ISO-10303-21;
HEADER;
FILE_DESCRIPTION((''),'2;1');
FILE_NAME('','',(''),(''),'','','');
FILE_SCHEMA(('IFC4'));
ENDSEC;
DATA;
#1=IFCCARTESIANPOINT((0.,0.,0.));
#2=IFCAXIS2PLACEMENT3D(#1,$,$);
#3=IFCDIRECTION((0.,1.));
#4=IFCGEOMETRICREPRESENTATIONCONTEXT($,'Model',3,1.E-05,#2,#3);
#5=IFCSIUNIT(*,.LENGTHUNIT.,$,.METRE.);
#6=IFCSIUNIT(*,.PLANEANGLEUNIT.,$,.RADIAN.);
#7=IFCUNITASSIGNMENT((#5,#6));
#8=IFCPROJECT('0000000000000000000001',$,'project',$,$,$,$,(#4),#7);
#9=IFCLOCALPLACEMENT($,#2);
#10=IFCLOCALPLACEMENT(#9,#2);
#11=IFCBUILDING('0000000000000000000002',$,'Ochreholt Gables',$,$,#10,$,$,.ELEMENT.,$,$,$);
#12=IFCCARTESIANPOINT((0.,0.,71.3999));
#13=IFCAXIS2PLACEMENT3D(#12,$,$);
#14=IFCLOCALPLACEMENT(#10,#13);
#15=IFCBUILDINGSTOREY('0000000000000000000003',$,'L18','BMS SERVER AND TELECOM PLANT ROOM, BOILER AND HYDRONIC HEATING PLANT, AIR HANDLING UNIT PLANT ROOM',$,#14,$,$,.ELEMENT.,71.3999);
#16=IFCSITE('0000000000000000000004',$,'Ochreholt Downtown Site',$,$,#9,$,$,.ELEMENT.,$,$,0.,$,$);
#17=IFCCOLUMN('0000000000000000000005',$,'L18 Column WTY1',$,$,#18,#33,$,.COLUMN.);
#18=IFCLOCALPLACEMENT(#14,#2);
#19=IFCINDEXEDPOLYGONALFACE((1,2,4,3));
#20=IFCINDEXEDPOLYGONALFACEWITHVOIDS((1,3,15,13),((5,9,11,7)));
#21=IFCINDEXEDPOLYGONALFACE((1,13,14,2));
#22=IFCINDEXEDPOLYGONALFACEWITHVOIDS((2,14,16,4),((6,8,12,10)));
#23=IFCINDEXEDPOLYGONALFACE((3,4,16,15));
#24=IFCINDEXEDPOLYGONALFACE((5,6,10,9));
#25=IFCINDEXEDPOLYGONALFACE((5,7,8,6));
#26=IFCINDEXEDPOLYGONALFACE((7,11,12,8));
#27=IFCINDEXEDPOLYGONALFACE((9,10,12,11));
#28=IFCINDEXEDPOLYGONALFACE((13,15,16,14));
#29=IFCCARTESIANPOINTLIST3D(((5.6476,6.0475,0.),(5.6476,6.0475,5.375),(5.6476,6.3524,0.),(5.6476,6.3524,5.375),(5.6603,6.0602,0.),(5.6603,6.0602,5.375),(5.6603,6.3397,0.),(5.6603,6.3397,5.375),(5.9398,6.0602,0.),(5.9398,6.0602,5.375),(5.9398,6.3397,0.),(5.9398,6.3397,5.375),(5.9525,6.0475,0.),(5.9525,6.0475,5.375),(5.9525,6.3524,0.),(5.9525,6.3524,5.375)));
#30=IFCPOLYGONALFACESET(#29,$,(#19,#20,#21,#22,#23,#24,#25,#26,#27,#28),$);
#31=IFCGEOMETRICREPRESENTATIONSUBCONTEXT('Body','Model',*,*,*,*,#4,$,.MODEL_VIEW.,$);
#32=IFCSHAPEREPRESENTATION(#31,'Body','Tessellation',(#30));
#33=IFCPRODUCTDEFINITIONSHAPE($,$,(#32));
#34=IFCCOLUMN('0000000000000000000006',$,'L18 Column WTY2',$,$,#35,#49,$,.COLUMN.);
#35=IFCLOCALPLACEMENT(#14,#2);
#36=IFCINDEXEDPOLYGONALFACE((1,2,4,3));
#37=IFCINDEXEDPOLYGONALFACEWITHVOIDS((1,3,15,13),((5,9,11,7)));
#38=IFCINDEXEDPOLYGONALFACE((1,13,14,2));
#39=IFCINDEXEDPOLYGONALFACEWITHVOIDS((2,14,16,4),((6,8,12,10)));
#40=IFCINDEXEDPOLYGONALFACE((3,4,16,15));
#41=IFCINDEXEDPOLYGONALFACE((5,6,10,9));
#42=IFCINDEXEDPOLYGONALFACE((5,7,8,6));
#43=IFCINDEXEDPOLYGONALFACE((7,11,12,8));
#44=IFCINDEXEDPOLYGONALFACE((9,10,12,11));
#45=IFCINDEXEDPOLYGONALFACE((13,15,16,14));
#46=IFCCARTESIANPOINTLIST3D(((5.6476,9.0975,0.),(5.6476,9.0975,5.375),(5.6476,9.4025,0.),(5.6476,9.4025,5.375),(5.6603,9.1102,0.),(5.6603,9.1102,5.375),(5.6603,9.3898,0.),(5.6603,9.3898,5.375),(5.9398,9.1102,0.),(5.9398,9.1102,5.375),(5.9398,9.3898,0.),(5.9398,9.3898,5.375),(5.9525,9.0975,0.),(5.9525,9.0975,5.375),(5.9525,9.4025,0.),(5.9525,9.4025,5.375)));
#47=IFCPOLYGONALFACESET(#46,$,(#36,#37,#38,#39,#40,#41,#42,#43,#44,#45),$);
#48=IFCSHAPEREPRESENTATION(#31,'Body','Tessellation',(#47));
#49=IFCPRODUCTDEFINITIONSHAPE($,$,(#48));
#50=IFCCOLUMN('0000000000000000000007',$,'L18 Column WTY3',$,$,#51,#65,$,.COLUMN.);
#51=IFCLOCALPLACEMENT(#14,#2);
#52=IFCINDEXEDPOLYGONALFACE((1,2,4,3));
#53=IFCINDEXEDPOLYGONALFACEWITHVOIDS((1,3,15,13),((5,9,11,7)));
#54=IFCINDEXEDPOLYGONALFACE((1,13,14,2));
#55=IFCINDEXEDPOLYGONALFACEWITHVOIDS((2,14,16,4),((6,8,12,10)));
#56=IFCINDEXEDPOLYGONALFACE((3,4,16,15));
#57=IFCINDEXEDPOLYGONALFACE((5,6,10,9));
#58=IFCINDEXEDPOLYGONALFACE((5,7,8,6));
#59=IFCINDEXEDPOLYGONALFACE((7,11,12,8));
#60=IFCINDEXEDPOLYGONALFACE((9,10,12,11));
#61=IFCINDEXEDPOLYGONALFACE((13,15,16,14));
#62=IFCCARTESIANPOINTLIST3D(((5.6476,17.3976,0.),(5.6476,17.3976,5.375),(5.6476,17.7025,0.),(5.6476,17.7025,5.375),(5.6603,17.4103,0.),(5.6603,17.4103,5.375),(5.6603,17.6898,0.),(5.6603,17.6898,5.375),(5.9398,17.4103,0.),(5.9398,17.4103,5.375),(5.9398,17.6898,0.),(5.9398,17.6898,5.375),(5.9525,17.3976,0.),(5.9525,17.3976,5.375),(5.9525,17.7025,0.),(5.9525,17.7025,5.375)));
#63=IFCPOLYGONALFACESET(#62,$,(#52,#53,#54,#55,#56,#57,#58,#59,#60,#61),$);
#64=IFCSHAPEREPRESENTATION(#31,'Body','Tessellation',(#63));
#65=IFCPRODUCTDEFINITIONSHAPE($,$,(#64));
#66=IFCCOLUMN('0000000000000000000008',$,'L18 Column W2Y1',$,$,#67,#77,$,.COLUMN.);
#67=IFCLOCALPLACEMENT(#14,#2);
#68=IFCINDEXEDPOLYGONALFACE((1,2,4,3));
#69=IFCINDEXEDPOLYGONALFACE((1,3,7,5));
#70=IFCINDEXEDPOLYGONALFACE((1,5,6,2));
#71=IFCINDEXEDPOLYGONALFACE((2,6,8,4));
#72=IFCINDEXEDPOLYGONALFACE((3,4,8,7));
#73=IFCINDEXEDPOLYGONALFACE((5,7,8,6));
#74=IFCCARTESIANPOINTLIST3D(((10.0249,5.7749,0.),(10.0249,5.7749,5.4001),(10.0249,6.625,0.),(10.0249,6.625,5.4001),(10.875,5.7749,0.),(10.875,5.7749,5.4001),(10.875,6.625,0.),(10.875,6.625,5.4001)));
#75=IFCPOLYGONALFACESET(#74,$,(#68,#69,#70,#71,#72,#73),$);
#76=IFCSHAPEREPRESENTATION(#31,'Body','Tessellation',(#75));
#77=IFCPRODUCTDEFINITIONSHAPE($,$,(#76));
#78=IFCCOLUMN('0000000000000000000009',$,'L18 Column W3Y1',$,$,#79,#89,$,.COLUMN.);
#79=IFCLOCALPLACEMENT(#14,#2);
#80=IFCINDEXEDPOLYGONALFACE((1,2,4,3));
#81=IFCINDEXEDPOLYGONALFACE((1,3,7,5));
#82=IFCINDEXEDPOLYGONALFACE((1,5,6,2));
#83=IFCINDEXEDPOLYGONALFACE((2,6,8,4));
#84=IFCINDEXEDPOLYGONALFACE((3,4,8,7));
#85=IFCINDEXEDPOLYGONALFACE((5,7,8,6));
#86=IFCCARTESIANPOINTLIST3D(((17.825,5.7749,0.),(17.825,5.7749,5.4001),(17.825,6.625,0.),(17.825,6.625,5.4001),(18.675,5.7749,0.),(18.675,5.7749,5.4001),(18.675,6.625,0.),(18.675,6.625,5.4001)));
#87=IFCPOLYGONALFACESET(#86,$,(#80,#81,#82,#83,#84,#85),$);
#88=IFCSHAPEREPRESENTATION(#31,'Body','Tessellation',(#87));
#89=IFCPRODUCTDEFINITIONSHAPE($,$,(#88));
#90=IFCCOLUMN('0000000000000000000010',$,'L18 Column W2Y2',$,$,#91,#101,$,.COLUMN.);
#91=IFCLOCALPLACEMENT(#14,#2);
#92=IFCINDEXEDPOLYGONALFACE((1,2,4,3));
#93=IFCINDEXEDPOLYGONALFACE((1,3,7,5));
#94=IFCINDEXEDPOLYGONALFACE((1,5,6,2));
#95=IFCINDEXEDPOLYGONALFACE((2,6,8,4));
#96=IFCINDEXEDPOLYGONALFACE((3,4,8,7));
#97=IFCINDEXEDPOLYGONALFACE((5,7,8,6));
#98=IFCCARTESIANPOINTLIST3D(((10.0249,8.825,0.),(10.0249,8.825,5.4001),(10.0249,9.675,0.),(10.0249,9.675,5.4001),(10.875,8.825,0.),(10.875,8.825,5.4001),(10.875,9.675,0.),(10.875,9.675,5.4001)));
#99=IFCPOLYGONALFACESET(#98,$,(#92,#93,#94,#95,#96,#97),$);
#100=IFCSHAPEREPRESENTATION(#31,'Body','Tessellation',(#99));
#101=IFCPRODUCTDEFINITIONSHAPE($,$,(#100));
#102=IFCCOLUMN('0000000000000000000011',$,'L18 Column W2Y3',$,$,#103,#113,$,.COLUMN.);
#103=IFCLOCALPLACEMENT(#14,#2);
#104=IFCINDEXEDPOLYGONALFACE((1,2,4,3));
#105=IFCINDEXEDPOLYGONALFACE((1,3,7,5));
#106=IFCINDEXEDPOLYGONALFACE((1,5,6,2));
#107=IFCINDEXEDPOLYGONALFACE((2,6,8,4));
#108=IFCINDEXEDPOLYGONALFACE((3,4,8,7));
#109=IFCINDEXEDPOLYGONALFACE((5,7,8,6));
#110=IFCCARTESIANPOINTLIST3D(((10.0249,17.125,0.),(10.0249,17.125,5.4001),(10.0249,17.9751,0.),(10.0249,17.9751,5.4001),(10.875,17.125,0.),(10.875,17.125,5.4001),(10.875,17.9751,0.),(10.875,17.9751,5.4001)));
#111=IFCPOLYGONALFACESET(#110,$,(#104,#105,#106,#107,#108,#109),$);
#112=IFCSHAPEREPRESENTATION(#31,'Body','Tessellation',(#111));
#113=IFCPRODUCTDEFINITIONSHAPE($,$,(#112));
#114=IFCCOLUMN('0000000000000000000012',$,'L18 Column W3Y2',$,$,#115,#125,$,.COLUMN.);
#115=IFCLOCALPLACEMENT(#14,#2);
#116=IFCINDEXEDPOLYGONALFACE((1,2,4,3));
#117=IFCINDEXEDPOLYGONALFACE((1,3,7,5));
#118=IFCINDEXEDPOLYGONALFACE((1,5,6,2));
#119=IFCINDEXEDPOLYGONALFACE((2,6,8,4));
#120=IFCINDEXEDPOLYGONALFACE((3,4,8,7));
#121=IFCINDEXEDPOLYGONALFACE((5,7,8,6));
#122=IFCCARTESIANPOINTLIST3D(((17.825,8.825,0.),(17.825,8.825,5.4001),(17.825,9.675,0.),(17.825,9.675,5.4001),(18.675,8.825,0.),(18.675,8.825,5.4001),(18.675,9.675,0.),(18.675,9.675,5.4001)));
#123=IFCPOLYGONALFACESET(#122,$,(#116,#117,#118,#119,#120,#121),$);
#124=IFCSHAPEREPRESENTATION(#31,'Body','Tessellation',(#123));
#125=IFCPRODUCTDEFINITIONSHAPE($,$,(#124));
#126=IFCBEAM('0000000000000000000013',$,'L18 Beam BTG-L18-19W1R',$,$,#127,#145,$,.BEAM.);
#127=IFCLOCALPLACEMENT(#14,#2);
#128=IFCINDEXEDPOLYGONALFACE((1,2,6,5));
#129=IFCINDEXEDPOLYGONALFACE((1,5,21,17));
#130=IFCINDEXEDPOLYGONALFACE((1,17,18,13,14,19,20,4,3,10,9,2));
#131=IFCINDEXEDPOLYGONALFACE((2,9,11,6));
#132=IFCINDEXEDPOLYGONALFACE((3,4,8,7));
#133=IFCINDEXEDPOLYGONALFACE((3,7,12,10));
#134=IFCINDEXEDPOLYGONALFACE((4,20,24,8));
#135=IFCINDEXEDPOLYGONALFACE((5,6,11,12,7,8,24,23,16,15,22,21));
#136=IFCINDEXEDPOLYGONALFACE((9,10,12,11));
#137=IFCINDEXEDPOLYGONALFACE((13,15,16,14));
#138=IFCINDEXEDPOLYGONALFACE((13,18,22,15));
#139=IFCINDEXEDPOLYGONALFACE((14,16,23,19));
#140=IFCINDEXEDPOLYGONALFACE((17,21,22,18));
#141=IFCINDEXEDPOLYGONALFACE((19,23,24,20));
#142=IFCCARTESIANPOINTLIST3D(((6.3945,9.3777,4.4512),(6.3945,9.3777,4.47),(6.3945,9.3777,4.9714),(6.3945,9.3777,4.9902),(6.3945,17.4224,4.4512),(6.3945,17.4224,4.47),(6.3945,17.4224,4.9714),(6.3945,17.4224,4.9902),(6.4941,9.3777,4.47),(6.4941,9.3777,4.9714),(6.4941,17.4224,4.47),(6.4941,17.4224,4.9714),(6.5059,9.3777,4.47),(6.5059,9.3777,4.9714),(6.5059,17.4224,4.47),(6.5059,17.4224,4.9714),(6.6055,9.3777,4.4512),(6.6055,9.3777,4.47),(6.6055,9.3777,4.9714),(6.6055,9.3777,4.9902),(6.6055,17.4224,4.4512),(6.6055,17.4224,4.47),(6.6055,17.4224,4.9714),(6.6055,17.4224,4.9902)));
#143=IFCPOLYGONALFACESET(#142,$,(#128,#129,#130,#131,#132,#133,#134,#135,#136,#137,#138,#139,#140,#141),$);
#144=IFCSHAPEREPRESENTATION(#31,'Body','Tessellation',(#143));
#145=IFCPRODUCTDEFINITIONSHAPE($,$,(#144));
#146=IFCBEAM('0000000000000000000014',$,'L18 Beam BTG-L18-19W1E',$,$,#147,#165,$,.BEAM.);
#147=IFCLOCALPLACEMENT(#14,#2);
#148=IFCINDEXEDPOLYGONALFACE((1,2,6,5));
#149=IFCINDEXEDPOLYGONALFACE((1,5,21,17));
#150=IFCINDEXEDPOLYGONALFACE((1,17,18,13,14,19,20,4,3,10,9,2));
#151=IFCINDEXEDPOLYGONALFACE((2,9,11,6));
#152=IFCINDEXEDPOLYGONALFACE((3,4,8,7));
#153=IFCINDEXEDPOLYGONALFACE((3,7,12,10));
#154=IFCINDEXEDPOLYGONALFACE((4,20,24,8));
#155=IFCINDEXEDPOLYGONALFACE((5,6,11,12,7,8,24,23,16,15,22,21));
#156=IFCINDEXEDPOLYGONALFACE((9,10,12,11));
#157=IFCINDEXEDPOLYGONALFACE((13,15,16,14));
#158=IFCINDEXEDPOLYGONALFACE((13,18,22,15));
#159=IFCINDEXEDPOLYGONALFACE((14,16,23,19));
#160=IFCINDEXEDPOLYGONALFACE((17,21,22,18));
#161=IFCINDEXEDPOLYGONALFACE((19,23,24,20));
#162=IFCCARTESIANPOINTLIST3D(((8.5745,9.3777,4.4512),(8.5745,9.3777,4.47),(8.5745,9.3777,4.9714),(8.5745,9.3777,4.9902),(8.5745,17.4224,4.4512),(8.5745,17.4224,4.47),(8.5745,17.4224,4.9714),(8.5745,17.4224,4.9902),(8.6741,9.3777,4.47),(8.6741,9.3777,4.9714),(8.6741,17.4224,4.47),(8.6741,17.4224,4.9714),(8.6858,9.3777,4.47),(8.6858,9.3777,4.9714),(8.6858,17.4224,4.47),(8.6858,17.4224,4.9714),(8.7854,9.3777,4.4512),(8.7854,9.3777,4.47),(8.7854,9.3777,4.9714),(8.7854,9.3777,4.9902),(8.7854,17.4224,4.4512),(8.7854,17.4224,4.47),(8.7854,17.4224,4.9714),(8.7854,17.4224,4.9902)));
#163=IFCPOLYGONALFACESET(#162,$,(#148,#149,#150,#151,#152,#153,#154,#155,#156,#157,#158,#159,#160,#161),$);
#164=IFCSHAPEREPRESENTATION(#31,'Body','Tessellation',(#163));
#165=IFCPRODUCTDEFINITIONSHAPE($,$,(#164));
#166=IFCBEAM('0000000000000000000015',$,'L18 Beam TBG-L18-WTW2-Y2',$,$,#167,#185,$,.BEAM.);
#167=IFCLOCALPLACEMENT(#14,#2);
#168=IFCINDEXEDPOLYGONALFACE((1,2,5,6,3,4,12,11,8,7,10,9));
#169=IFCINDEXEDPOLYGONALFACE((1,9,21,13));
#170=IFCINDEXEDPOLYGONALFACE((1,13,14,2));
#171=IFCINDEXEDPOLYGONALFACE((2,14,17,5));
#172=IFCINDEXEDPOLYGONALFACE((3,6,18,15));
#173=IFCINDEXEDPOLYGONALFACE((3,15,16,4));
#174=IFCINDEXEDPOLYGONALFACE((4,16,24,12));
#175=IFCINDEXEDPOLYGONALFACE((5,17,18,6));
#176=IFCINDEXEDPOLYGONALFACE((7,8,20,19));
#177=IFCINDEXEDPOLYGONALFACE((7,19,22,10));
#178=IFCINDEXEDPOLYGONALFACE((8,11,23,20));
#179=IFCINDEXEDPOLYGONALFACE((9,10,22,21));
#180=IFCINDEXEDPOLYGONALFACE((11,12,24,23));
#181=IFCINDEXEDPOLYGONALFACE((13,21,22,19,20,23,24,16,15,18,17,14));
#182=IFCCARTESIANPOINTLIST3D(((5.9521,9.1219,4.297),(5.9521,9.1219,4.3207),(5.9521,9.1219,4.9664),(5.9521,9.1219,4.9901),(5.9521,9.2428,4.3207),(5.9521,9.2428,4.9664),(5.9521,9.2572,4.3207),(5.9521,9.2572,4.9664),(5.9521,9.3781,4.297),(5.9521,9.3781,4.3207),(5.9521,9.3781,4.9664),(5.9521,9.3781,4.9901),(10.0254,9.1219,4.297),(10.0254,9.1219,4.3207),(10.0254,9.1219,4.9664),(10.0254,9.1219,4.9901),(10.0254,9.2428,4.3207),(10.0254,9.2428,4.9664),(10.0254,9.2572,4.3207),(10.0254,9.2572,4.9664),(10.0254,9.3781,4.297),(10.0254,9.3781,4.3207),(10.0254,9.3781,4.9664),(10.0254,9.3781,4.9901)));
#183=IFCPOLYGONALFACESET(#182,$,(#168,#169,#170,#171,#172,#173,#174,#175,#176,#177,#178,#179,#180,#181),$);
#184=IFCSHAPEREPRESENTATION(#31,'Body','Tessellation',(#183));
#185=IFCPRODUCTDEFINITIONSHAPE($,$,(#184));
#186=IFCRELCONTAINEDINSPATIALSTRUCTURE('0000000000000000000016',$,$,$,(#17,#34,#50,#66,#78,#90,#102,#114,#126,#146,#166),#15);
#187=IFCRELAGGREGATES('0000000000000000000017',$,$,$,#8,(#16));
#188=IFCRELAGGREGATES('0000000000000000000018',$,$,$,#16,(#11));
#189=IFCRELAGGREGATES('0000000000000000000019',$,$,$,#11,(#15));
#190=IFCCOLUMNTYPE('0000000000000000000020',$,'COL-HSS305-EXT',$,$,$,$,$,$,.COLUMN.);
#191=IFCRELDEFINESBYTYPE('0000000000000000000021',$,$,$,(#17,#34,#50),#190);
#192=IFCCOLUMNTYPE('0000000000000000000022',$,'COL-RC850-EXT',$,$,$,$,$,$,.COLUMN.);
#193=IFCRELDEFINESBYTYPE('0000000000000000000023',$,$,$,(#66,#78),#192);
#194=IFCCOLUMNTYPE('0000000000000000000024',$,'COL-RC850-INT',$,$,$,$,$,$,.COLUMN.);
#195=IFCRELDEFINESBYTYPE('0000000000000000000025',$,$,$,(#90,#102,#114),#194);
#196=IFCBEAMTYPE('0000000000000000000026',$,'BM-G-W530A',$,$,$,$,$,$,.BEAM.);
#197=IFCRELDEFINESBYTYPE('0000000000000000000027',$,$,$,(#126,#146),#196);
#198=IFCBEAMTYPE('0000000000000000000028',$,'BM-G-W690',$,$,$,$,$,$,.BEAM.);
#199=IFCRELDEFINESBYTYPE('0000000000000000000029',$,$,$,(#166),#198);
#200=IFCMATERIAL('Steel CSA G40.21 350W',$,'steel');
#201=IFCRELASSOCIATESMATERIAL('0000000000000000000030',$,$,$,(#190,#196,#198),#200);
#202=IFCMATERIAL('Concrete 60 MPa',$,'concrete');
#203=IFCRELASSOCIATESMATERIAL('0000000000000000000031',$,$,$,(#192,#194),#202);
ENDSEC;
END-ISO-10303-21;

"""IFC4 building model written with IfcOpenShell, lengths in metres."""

from ifc_helpers import new_model, si_unit, direction, frame, origin, origin_2d, place, context, subcontext, project, spatial, rectangle, hollow_rectangle, i_section, extrude, material, material_profile, profile_set, type_object, element, save


model = new_model("IFC4")

# Units and contexts
model_context = context("Model", 3, precision=1e-05, world=origin(), true_north=direction((0.0, 1.0)))
body_context = subcontext(model_context, "Body", "Model", "MODEL_VIEW")
ifc_project = project(units=[si_unit("LENGTHUNIT", "METRE"), si_unit("PLANEANGLEUNIT", "RADIAN")], contexts=[model_context])

# Site, building, storey
site_placement = place(None, origin())
site = spatial("IfcSite", under=ifc_project, at=site_placement, Name="Ochreholt Downtown Site", CompositionType="ELEMENT", RefElevation=0.0)
building_placement = place(site_placement, origin())
building = spatial("IfcBuilding", under=site, at=building_placement, Name="Ochreholt Gables", CompositionType="ELEMENT")
storey_placement = place(building_placement, frame((0.0, 0.0, 71.3999)))
storey = spatial("IfcBuildingStorey", under=building, at=storey_placement, Name="L18", Description="BMS SERVER AND TELECOM PLANT ROOM, BOILER AND HYDRONIC HEATING PLANT, AIR HANDLING UNIT PLANT ROOM", CompositionType="ELEMENT", Elevation=71.3999)

# Columns
ifc_material_1 = material(Name="Steel CSA G40.21 350W", Category="steel")
ifc_material_profile_1 = material_profile(ifc_material_1, hollow_rectangle(XDim=0.3049, YDim=0.3049, WallThickness=0.0127, at=origin_2d()), Name="HSS305X305X13")
ifc_profile_set_1 = profile_set([ifc_material_profile_1], Name="Steel CSA G40.21 350W")
column_type_1 = type_object("IfcColumnType", Name="COL-HSS305-EXT", PredefinedType="COLUMN", material=ifc_profile_set_1)
for number, where, z_axis, x_axis, name in (
    (1, (5.8, 6.2, 0.0), (0.0, 0.0, 1.0), (1.0, 0.0, 0.0), "L18 Column WTY1"),
    (2, (5.8, 9.25, 0.0), (0.0, 0.0, 1.0), (1.0, 0.0, 0.0), "L18 Column WTY2"),
    (3, (5.8, 17.55, 0.0), (0.0, 0.0, 1.0), (1.0, 0.0, 0.0), "L18 Column WTY3"),
):
    element("IfcColumn", number, at=place(storey_placement, frame(where, z_axis=z_axis, x_axis=x_axis)), inside=storey, type_object=column_type_1, Name=name, PredefinedType="COLUMN", context=body_context, shape_type="SweptSolid", body=[
        extrude(hollow_rectangle(XDim=0.3049, YDim=0.3049, WallThickness=0.0127, at=origin_2d()), origin(), (0.0, 0.0, 1.0), 5.375),
    ])
ifc_material_2 = material(Name="Concrete 60 MPa", Category="concrete")
ifc_material_profile_2 = material_profile(ifc_material_2, rectangle(XDim=0.8501, YDim=0.8501, at=origin_2d()), Name="RC850X850")
ifc_profile_set_2 = profile_set([ifc_material_profile_2], Name="Concrete 60 MPa")
column_type_2 = type_object("IfcColumnType", Name="COL-RC850-EXT", PredefinedType="COLUMN", material=ifc_profile_set_2)
for number, where, z_axis, x_axis, name in (
    (4, (10.45, 6.2, 0.0), (0.0, 0.0, 1.0), (1.0, 0.0, 0.0), "L18 Column W2Y1"),
    (5, (18.25, 6.2, 0.0), (0.0, 0.0, 1.0), (1.0, 0.0, 0.0), "L18 Column W3Y1"),
):
    element("IfcColumn", number, at=place(storey_placement, frame(where, z_axis=z_axis, x_axis=x_axis)), inside=storey, type_object=column_type_2, Name=name, PredefinedType="COLUMN", context=body_context, shape_type="SweptSolid", body=[
        extrude(rectangle(XDim=0.8501, YDim=0.8501, at=origin_2d()), origin(), (0.0, 0.0, 1.0), 5.4001),
    ])
ifc_material_profile_3 = material_profile(ifc_material_2, rectangle(XDim=0.8501, YDim=0.8501, at=origin_2d()), Name="RC850X850")
ifc_profile_set_3 = profile_set([ifc_material_profile_3], Name="Concrete 60 MPa")
column_type_3 = type_object("IfcColumnType", Name="COL-RC850-INT", PredefinedType="COLUMN", material=ifc_profile_set_3)
for number, where, z_axis, x_axis, name in (
    (6, (10.45, 9.25, 0.0), (0.0, 0.0, 1.0), (1.0, 0.0, 0.0), "L18 Column W2Y2"),
    (7, (10.45, 17.55, 0.0), (0.0, 0.0, 1.0), (1.0, 0.0, 0.0), "L18 Column W2Y3"),
    (8, (18.25, 9.25, 0.0), (0.0, 0.0, 1.0), (1.0, 0.0, 0.0), "L18 Column W3Y2"),
):
    element("IfcColumn", number, at=place(storey_placement, frame(where, z_axis=z_axis, x_axis=x_axis)), inside=storey, type_object=column_type_3, Name=name, PredefinedType="COLUMN", context=body_context, shape_type="SweptSolid", body=[
        extrude(rectangle(XDim=0.8501, YDim=0.8501, at=origin_2d()), origin(), (0.0, 0.0, 1.0), 5.4001),
    ])

# Beams
ifc_material_profile_4 = material_profile(ifc_material_1, i_section(OverallWidth=0.2109, OverallDepth=0.5391, WebThickness=0.0117, FlangeThickness=0.0188, at=origin_2d()), Name="W530X109")
ifc_profile_set_4 = profile_set([ifc_material_profile_4], Name="Steel CSA G40.21 350W")
beam_type_1 = type_object("IfcBeamType", Name="BM-G-W530A", PredefinedType="BEAM", material=ifc_profile_set_4)
for number, where, z_axis, x_axis, name in (
    (9, (6.5, 9.3777, 4.7207), (0.0, 1.0, 0.0), (-1.0, 0.0, 0.0), "L18 Beam BTG-L18-19W1R"),
    (10, (8.6799, 9.3777, 4.7207), (0.0, 1.0, 0.0), (-1.0, 0.0, 0.0), "L18 Beam BTG-L18-19W1E"),
):
    element("IfcBeam", number, at=place(storey_placement, frame(where, z_axis=z_axis, x_axis=x_axis)), inside=storey, type_object=beam_type_1, Name=name, PredefinedType="BEAM", context=body_context, shape_type="SweptSolid", body=[
        extrude(i_section(OverallWidth=0.2109, OverallDepth=0.5391, WebThickness=0.0117, FlangeThickness=0.0188, at=origin_2d()), origin(), (0.0, 0.0, 1.0), 8.0447),
    ])
ifc_material_profile_5 = material_profile(ifc_material_1, i_section(OverallWidth=0.2561, OverallDepth=0.6931, WebThickness=0.0144, FlangeThickness=0.0237, at=origin_2d()), Name="W690X170")
ifc_profile_set_5 = profile_set([ifc_material_profile_5], Name="Steel CSA G40.21 350W")
beam_type_2 = type_object("IfcBeamType", Name="BM-G-W690", PredefinedType="BEAM", material=ifc_profile_set_5)
beam_1_placement = place(storey_placement, frame((5.9521, 9.25, 4.6436), z_axis=(1.0, 0.0, 0.0), x_axis=(0.0, 1.0, 0.0)))
element("IfcBeam", 11, at=beam_1_placement, inside=storey, type_object=beam_type_2, Name="L18 Beam TBG-L18-WTW2-Y2", PredefinedType="BEAM", context=body_context, shape_type="SweptSolid", body=[
    extrude(i_section(OverallWidth=0.2561, OverallDepth=0.6931, WebThickness=0.0144, FlangeThickness=0.0237, at=origin_2d()), origin(), (0.0, 0.0, 1.0), 4.0732),
])

save(model, "model.ifc")
